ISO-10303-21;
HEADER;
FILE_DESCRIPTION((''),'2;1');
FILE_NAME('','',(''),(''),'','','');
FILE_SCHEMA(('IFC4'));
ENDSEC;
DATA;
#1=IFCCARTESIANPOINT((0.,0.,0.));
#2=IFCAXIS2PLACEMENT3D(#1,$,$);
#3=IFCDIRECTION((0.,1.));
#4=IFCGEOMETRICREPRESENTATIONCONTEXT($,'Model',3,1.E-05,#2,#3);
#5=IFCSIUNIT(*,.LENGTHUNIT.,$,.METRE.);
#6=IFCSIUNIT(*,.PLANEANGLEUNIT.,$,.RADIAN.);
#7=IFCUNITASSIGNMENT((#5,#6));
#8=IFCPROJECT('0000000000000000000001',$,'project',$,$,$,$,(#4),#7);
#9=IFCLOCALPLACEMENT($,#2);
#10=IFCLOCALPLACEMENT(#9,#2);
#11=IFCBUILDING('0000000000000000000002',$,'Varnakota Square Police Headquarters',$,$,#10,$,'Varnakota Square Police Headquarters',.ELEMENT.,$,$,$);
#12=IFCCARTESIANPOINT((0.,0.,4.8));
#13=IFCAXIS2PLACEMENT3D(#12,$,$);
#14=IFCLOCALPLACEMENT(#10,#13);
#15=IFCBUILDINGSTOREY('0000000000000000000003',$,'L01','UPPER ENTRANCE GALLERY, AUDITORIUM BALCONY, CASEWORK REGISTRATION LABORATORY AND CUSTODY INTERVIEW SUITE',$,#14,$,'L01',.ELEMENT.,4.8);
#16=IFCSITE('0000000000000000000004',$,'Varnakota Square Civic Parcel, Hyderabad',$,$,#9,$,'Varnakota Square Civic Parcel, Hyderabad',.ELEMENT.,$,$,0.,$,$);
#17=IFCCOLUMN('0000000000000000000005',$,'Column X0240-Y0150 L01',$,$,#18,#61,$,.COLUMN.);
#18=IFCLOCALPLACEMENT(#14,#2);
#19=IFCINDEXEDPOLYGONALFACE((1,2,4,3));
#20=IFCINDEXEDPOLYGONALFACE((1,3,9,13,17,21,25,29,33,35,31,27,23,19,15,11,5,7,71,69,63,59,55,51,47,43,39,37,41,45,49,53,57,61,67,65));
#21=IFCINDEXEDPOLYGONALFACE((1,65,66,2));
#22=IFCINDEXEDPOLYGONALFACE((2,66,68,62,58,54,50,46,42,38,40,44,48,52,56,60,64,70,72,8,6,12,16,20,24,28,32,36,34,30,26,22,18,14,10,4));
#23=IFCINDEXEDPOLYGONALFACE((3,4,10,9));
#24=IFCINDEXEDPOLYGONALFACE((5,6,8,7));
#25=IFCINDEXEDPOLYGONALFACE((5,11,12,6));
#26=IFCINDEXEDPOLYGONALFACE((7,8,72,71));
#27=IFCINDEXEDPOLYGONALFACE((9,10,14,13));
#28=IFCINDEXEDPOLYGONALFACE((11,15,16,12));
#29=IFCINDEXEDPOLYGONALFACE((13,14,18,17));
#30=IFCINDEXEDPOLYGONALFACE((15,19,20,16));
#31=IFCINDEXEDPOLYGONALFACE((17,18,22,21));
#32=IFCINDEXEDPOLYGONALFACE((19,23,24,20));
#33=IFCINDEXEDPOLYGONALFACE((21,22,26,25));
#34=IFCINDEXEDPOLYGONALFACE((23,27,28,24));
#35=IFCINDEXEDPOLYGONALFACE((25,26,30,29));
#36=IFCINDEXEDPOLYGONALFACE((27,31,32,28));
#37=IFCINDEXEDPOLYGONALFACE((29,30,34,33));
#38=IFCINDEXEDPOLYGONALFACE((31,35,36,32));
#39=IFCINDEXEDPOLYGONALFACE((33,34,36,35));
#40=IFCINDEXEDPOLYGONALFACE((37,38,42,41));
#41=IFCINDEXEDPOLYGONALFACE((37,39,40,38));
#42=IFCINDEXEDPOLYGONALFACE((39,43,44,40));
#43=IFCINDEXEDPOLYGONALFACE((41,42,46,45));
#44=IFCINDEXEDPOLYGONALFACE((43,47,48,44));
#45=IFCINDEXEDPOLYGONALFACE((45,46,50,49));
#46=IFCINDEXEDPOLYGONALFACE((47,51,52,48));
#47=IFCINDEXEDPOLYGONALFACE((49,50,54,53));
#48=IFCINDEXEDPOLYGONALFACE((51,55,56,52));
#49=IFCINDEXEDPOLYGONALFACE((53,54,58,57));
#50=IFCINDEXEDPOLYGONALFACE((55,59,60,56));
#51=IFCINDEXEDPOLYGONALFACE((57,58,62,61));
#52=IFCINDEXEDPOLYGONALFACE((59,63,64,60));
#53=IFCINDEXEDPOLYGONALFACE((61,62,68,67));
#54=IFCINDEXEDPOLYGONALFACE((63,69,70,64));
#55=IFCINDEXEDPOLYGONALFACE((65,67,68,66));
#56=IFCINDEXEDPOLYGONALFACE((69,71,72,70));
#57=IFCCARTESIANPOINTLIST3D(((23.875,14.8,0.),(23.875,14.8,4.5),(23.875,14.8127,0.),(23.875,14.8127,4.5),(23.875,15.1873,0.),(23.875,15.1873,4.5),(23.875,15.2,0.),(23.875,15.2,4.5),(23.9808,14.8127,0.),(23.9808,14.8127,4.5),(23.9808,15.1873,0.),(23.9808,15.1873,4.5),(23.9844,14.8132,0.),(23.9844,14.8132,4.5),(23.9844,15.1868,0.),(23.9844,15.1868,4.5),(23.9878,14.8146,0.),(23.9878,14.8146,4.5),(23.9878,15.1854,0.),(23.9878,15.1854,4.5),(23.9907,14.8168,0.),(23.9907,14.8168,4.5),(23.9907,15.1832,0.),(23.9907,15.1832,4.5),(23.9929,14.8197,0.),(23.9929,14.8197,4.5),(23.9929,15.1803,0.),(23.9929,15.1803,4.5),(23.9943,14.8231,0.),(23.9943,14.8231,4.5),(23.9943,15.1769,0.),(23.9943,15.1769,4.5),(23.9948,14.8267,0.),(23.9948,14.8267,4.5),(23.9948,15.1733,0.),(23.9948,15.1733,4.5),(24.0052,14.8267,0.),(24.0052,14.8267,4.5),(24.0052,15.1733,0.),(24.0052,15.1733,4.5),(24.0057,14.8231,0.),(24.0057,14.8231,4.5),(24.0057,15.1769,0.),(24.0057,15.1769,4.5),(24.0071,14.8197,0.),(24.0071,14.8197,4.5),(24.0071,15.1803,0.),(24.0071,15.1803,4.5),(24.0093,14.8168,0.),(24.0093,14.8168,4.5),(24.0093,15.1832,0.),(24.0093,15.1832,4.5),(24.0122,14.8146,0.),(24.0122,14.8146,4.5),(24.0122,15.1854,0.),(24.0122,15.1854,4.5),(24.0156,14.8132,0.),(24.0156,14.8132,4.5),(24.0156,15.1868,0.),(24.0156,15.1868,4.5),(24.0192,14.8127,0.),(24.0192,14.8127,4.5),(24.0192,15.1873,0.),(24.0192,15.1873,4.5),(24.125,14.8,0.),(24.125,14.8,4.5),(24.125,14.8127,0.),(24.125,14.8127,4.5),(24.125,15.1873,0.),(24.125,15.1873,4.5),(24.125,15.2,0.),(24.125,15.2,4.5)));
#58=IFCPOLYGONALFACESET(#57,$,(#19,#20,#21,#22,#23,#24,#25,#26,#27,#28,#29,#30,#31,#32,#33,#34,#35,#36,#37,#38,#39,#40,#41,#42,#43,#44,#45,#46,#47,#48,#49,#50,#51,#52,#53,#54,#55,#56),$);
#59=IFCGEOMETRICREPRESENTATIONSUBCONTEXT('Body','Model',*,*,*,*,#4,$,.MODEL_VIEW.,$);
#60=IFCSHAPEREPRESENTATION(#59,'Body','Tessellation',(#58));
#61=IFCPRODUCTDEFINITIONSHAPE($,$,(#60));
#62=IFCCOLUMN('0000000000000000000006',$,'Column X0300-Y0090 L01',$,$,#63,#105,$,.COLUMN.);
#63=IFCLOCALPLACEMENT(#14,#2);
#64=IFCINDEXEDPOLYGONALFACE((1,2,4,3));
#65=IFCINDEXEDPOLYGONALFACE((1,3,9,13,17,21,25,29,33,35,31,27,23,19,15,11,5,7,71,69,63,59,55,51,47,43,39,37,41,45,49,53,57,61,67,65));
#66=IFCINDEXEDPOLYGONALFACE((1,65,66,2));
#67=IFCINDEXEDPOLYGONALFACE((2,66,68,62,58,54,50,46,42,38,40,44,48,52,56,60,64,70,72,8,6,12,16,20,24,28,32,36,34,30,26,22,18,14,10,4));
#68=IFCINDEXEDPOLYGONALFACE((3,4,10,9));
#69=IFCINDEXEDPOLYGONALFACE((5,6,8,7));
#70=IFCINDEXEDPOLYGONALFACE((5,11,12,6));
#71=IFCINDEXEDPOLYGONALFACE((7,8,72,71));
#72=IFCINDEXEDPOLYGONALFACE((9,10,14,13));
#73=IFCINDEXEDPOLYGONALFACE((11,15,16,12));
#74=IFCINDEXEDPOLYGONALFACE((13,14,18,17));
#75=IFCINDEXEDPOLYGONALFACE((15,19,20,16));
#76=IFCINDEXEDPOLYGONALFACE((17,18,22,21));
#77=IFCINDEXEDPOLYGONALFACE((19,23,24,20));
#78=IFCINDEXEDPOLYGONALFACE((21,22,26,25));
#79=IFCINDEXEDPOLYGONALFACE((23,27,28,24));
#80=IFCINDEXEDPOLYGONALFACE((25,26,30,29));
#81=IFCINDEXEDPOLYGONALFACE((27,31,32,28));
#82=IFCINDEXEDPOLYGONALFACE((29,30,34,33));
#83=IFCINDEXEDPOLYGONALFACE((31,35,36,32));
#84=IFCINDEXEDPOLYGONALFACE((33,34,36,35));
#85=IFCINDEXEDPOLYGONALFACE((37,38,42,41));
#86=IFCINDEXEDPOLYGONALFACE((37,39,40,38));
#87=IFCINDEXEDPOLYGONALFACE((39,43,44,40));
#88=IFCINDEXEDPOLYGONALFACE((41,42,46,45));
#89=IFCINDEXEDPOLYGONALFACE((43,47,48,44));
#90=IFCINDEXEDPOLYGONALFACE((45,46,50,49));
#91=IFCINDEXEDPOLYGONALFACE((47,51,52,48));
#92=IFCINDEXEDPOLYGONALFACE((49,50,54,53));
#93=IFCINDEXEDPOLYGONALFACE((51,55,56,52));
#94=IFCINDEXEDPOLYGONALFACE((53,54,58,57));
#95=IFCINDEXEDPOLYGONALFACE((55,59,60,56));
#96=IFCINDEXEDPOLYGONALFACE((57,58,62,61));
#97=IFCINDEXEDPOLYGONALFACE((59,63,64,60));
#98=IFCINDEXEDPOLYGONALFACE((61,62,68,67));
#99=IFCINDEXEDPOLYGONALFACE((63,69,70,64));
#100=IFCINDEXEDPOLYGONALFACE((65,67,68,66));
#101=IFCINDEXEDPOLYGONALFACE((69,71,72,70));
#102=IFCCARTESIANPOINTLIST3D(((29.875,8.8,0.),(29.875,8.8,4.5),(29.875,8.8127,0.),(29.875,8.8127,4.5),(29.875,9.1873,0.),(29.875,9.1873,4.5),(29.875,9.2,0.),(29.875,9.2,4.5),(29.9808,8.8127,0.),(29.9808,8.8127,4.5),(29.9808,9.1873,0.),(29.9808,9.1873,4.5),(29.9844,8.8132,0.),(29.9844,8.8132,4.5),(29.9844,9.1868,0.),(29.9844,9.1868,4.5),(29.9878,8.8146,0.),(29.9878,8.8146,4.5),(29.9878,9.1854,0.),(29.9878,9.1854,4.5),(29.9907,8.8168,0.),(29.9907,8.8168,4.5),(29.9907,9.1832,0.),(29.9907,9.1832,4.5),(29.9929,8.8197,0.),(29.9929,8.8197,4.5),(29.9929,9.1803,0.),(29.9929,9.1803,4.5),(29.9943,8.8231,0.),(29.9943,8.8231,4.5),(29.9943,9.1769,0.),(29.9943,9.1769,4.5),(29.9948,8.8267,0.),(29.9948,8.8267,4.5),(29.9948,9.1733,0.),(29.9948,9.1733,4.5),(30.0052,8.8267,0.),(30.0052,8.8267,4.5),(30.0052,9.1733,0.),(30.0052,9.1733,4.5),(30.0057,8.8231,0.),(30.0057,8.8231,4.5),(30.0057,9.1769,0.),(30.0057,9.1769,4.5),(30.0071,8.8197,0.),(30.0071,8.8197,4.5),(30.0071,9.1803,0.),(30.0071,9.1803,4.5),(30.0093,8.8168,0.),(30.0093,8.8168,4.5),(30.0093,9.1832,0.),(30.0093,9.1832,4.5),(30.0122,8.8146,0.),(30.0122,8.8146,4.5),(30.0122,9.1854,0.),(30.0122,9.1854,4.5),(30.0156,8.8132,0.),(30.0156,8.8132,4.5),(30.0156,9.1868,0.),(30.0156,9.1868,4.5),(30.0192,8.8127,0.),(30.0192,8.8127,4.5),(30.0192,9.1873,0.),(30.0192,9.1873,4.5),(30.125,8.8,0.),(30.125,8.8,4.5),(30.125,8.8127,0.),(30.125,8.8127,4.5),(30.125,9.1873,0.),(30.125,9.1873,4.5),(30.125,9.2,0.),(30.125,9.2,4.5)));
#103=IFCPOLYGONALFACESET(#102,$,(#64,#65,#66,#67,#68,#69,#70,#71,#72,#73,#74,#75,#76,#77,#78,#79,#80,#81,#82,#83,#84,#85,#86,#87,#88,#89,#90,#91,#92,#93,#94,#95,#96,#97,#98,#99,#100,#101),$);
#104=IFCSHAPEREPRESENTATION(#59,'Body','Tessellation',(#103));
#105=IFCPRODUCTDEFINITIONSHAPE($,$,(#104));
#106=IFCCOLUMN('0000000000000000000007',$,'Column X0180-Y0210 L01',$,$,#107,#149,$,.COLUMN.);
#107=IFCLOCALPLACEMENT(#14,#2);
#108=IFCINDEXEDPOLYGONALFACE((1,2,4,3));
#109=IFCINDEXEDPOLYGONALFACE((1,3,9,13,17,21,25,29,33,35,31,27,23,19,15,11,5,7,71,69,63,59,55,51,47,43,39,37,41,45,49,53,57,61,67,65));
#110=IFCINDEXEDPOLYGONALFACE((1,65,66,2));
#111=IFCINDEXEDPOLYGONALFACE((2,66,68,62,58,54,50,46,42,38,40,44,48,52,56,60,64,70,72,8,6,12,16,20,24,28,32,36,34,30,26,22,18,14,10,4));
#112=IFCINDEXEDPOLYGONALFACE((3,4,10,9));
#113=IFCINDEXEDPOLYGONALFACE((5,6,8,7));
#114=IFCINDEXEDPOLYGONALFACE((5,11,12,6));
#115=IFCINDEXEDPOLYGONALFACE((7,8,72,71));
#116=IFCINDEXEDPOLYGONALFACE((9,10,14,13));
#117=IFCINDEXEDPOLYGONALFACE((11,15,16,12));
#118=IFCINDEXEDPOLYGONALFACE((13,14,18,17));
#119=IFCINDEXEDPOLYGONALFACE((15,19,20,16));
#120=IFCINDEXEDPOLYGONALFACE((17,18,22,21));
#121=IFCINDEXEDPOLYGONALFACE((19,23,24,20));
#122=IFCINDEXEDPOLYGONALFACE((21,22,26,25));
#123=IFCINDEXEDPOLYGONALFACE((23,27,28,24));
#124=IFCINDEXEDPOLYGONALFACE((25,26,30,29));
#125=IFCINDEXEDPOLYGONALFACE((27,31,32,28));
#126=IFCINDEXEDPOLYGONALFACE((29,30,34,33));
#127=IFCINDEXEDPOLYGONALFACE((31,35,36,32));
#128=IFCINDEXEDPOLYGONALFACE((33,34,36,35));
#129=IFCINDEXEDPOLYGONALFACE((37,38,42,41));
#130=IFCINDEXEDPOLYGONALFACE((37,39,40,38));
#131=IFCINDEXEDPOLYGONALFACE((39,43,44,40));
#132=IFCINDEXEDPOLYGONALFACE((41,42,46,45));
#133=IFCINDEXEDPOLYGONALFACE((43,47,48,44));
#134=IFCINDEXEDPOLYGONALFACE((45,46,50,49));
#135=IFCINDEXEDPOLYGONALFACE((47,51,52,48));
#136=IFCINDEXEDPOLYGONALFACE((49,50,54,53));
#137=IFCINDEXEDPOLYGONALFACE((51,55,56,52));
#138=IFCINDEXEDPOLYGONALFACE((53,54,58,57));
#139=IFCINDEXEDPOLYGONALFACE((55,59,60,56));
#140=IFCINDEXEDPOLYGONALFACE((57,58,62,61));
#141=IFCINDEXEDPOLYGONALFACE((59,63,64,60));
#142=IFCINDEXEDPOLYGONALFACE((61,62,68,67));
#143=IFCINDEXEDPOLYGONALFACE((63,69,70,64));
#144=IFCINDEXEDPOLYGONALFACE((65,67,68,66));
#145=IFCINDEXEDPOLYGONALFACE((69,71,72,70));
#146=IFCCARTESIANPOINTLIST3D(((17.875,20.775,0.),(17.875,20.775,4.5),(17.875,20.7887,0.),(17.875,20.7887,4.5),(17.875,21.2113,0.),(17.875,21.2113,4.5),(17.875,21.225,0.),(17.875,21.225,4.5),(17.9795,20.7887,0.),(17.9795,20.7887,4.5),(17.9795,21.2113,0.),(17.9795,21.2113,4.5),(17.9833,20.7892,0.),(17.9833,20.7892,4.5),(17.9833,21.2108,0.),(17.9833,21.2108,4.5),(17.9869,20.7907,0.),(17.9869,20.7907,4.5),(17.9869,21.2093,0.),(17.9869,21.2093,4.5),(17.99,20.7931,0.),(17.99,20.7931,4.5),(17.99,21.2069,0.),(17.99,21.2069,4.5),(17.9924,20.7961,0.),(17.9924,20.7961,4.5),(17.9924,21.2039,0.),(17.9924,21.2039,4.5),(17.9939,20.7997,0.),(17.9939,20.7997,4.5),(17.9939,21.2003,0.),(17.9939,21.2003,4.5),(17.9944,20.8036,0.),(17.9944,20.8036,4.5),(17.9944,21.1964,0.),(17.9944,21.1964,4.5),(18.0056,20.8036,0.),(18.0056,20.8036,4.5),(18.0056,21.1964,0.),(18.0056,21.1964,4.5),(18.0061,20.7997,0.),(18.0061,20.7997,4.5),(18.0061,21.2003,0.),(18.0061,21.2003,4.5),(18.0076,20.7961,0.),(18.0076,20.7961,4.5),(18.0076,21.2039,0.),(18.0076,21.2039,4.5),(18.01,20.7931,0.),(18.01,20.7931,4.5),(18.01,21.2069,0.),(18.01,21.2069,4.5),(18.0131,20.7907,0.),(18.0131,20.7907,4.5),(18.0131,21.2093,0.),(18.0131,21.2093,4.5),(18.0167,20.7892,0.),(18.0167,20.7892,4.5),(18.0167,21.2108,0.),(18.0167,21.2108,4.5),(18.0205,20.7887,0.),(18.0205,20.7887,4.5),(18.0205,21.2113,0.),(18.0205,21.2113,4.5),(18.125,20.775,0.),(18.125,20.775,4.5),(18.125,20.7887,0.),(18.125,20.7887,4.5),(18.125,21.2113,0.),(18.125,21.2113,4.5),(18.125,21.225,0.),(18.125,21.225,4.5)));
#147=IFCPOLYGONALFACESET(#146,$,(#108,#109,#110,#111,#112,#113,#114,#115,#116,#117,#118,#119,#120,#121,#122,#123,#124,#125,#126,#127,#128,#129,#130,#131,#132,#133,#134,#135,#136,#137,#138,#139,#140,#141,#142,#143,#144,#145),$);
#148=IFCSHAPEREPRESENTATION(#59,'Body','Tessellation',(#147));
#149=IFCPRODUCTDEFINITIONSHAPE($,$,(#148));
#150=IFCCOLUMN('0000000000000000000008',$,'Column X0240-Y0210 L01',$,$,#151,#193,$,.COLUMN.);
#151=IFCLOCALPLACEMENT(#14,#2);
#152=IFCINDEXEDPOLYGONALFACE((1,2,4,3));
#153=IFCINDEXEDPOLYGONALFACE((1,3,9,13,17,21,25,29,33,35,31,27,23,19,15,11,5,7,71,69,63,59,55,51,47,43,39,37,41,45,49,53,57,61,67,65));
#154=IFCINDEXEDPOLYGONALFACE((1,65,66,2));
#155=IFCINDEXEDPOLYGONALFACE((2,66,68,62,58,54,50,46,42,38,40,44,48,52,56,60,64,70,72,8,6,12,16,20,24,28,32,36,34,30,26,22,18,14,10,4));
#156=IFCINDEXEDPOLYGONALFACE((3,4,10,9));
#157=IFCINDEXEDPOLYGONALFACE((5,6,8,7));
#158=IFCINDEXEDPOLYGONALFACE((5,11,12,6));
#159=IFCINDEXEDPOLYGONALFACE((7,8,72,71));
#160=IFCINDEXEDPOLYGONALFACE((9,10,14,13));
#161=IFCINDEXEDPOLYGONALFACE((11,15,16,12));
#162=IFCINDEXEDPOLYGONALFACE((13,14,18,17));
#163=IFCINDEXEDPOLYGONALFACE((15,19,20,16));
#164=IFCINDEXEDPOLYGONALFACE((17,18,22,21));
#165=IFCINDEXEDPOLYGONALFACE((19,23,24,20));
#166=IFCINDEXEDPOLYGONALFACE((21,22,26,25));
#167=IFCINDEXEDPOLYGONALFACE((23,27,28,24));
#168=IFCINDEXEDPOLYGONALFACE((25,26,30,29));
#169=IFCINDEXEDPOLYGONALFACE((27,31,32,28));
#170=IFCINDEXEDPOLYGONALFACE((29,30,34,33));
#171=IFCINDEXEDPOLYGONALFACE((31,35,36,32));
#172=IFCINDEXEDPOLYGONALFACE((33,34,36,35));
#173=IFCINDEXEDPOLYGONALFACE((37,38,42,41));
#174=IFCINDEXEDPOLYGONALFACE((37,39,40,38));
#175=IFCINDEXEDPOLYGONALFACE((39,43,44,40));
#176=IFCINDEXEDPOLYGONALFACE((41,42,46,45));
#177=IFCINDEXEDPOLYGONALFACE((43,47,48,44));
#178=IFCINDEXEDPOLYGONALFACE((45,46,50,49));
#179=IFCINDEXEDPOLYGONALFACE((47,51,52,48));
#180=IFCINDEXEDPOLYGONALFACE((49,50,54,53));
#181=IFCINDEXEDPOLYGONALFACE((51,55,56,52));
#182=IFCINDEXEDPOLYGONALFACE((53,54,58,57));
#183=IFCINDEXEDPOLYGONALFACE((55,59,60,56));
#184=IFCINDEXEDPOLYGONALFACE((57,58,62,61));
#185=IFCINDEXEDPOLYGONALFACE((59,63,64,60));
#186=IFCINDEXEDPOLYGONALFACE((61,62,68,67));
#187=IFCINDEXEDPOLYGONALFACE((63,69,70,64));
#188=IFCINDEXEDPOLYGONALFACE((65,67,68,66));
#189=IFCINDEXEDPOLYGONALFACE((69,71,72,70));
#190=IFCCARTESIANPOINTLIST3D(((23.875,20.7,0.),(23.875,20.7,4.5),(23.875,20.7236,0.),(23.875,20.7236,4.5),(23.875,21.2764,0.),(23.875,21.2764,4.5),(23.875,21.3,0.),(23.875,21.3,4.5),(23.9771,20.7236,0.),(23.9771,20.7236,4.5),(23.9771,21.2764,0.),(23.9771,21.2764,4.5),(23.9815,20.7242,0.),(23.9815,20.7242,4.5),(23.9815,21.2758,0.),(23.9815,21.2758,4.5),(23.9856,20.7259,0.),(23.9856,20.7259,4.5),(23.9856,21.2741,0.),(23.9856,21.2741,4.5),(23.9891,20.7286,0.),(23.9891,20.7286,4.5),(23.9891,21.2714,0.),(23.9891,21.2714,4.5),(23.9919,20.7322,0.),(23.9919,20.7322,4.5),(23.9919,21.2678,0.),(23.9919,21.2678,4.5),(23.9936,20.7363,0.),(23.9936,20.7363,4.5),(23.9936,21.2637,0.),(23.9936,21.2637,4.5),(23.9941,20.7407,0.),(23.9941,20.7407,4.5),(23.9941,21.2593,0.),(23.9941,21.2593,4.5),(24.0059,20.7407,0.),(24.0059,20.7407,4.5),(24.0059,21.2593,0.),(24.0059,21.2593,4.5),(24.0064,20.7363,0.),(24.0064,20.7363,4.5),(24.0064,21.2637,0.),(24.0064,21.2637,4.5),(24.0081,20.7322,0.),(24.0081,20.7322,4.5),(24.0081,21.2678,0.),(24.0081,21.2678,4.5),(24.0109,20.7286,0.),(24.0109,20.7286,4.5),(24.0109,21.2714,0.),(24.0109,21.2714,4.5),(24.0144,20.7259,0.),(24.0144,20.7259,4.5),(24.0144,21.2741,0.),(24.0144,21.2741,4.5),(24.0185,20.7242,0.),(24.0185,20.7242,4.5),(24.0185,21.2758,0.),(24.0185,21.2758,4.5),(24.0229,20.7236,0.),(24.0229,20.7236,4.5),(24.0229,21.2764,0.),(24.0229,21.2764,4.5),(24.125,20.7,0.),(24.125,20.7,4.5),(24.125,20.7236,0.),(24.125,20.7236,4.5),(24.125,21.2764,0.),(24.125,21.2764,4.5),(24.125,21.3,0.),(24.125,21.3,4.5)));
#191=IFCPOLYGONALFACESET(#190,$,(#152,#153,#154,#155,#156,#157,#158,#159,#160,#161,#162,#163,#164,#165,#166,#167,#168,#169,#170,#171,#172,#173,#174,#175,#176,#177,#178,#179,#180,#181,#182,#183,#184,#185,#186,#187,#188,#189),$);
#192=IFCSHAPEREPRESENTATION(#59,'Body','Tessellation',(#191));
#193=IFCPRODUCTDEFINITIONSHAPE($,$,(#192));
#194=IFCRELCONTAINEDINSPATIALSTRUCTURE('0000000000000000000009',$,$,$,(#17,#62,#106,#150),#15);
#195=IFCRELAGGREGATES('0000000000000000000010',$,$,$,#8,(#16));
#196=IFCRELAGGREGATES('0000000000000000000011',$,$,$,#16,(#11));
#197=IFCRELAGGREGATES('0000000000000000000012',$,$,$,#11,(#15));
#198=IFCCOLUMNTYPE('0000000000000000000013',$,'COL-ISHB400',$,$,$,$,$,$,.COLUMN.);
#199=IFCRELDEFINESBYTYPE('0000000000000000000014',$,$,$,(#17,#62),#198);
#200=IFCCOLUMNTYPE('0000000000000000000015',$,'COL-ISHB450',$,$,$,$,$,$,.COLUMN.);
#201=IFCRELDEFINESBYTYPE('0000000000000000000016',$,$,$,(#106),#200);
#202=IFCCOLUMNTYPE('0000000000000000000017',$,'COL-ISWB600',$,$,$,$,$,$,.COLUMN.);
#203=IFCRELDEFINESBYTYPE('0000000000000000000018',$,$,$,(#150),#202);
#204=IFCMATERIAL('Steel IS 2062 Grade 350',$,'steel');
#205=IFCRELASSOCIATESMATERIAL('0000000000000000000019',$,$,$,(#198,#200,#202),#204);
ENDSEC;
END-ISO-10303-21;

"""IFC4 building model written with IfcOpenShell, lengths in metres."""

from ifc_helpers import new_model, si_unit, direction, frame, origin, origin_2d, place, context, subcontext, project, spatial, i_section, extrude, material, material_profile, profile_set, type_object, element, save


model = new_model("IFC4")

# Units and contexts
model_context = context("Model", 3, precision=1e-05, world=origin(), true_north=direction((0.0, 1.0)))
body_context = subcontext(model_context, "Body", "Model", "MODEL_VIEW")
ifc_project = project(units=[si_unit("LENGTHUNIT", "METRE"), si_unit("PLANEANGLEUNIT", "RADIAN")], contexts=[model_context])

# Site, building, storey
site_placement = place(None, origin())
site = spatial("IfcSite", under=ifc_project, at=site_placement, Name="Varnakota Square Civic Parcel, Hyderabad", LongName="Varnakota Square Civic Parcel, Hyderabad", CompositionType="ELEMENT", RefElevation=0.0)
building_placement = place(site_placement, origin())
building = spatial("IfcBuilding", under=site, at=building_placement, Name="Varnakota Square Police Headquarters", LongName="Varnakota Square Police Headquarters", CompositionType="ELEMENT")
storey_placement = place(building_placement, frame((0.0, 0.0, 4.8)))
storey = spatial("IfcBuildingStorey", under=building, at=storey_placement, Name="L01", Description="UPPER ENTRANCE GALLERY, AUDITORIUM BALCONY, CASEWORK REGISTRATION LABORATORY AND CUSTODY INTERVIEW SUITE", LongName="L01", CompositionType="ELEMENT", Elevation=4.8)

# Columns
ifc_material_1 = material(Name="Steel IS 2062 Grade 350", Category="steel")
ifc_material_profile_1 = material_profile(ifc_material_1, i_section(OverallWidth=0.25, OverallDepth=0.3999, WebThickness=0.0105, FlangeThickness=0.0127, FilletRadius=0.0139, at=origin_2d()), Name="ISHB 400")
ifc_profile_set_1 = profile_set([ifc_material_profile_1], Name="Steel IS 2062 Grade 350")
column_type_1 = type_object("IfcColumnType", Name="COL-ISHB400", PredefinedType="COLUMN", material=ifc_profile_set_1)
for number, where, z_axis, x_axis, name in (
    (1, (24.0, 15.0, 0.0), (0.0, 0.0, 1.0), (1.0, 0.0, 0.0), "Column X0240-Y0150 L01"),
    (2, (30.0, 9.0, 0.0), (0.0, 0.0, 1.0), (1.0, 0.0, 0.0), "Column X0300-Y0090 L01"),
):
    element("IfcColumn", number, at=place(storey_placement, frame(where, z_axis=z_axis, x_axis=x_axis)), inside=storey, type_object=column_type_1, Name=name, PredefinedType="COLUMN", context=body_context, shape_type="SweptSolid", body=[
        extrude(i_section(OverallWidth=0.25, OverallDepth=0.3999, WebThickness=0.0105, FlangeThickness=0.0127, FilletRadius=0.0139, at=origin_2d()), origin(), (0.0, 0.0, 1.0), 4.5),
    ])
ifc_material_profile_2 = material_profile(ifc_material_1, i_section(OverallWidth=0.25, OverallDepth=0.45, WebThickness=0.0112, FlangeThickness=0.0137, FilletRadius=0.0149, at=origin_2d()), Name="ISHB 450")
ifc_profile_set_2 = profile_set([ifc_material_profile_2], Name="Steel IS 2062 Grade 350")
column_type_2 = type_object("IfcColumnType", Name="COL-ISHB450", PredefinedType="COLUMN", material=ifc_profile_set_2)
column_1_placement = place(storey_placement, frame((18.0, 21.0, 0.0), z_axis=(0.0, 0.0, 1.0), x_axis=(1.0, 0.0, 0.0)))
element("IfcColumn", 3, at=column_1_placement, inside=storey, type_object=column_type_2, Name="Column X0180-Y0210 L01", PredefinedType="COLUMN", context=body_context, shape_type="SweptSolid", body=[
    extrude(i_section(OverallWidth=0.25, OverallDepth=0.45, WebThickness=0.0112, FlangeThickness=0.0137, FilletRadius=0.0149, at=origin_2d()), origin(), (0.0, 0.0, 1.0), 4.5),
])
ifc_material_profile_3 = material_profile(ifc_material_1, i_section(OverallWidth=0.25, OverallDepth=0.6001, WebThickness=0.0117, FlangeThickness=0.0237, FilletRadius=0.0171, at=origin_2d()), Name="ISWB 600")
ifc_profile_set_3 = profile_set([ifc_material_profile_3], Name="Steel IS 2062 Grade 350")
column_type_3 = type_object("IfcColumnType", Name="COL-ISWB600", PredefinedType="COLUMN", material=ifc_profile_set_3)
for number, where, z_axis, x_axis, name in (
    (4, (24.0, 21.0, 0.0), (0.0, 0.0, 1.0), (1.0, 0.0, 0.0), "Column X0240-Y0210 L01"),
):
    element("IfcColumn", number, at=place(storey_placement, frame(where, z_axis=z_axis, x_axis=x_axis)), inside=storey, type_object=column_type_3, Name=name, PredefinedType="COLUMN", context=body_context, shape_type="SweptSolid", body=[
        extrude(i_section(OverallWidth=0.25, OverallDepth=0.6001, WebThickness=0.0117, FlangeThickness=0.0237, FilletRadius=0.0171, at=origin_2d()), origin(), (0.0, 0.0, 1.0), 4.5),
    ])

save(model, "model.ifc")
